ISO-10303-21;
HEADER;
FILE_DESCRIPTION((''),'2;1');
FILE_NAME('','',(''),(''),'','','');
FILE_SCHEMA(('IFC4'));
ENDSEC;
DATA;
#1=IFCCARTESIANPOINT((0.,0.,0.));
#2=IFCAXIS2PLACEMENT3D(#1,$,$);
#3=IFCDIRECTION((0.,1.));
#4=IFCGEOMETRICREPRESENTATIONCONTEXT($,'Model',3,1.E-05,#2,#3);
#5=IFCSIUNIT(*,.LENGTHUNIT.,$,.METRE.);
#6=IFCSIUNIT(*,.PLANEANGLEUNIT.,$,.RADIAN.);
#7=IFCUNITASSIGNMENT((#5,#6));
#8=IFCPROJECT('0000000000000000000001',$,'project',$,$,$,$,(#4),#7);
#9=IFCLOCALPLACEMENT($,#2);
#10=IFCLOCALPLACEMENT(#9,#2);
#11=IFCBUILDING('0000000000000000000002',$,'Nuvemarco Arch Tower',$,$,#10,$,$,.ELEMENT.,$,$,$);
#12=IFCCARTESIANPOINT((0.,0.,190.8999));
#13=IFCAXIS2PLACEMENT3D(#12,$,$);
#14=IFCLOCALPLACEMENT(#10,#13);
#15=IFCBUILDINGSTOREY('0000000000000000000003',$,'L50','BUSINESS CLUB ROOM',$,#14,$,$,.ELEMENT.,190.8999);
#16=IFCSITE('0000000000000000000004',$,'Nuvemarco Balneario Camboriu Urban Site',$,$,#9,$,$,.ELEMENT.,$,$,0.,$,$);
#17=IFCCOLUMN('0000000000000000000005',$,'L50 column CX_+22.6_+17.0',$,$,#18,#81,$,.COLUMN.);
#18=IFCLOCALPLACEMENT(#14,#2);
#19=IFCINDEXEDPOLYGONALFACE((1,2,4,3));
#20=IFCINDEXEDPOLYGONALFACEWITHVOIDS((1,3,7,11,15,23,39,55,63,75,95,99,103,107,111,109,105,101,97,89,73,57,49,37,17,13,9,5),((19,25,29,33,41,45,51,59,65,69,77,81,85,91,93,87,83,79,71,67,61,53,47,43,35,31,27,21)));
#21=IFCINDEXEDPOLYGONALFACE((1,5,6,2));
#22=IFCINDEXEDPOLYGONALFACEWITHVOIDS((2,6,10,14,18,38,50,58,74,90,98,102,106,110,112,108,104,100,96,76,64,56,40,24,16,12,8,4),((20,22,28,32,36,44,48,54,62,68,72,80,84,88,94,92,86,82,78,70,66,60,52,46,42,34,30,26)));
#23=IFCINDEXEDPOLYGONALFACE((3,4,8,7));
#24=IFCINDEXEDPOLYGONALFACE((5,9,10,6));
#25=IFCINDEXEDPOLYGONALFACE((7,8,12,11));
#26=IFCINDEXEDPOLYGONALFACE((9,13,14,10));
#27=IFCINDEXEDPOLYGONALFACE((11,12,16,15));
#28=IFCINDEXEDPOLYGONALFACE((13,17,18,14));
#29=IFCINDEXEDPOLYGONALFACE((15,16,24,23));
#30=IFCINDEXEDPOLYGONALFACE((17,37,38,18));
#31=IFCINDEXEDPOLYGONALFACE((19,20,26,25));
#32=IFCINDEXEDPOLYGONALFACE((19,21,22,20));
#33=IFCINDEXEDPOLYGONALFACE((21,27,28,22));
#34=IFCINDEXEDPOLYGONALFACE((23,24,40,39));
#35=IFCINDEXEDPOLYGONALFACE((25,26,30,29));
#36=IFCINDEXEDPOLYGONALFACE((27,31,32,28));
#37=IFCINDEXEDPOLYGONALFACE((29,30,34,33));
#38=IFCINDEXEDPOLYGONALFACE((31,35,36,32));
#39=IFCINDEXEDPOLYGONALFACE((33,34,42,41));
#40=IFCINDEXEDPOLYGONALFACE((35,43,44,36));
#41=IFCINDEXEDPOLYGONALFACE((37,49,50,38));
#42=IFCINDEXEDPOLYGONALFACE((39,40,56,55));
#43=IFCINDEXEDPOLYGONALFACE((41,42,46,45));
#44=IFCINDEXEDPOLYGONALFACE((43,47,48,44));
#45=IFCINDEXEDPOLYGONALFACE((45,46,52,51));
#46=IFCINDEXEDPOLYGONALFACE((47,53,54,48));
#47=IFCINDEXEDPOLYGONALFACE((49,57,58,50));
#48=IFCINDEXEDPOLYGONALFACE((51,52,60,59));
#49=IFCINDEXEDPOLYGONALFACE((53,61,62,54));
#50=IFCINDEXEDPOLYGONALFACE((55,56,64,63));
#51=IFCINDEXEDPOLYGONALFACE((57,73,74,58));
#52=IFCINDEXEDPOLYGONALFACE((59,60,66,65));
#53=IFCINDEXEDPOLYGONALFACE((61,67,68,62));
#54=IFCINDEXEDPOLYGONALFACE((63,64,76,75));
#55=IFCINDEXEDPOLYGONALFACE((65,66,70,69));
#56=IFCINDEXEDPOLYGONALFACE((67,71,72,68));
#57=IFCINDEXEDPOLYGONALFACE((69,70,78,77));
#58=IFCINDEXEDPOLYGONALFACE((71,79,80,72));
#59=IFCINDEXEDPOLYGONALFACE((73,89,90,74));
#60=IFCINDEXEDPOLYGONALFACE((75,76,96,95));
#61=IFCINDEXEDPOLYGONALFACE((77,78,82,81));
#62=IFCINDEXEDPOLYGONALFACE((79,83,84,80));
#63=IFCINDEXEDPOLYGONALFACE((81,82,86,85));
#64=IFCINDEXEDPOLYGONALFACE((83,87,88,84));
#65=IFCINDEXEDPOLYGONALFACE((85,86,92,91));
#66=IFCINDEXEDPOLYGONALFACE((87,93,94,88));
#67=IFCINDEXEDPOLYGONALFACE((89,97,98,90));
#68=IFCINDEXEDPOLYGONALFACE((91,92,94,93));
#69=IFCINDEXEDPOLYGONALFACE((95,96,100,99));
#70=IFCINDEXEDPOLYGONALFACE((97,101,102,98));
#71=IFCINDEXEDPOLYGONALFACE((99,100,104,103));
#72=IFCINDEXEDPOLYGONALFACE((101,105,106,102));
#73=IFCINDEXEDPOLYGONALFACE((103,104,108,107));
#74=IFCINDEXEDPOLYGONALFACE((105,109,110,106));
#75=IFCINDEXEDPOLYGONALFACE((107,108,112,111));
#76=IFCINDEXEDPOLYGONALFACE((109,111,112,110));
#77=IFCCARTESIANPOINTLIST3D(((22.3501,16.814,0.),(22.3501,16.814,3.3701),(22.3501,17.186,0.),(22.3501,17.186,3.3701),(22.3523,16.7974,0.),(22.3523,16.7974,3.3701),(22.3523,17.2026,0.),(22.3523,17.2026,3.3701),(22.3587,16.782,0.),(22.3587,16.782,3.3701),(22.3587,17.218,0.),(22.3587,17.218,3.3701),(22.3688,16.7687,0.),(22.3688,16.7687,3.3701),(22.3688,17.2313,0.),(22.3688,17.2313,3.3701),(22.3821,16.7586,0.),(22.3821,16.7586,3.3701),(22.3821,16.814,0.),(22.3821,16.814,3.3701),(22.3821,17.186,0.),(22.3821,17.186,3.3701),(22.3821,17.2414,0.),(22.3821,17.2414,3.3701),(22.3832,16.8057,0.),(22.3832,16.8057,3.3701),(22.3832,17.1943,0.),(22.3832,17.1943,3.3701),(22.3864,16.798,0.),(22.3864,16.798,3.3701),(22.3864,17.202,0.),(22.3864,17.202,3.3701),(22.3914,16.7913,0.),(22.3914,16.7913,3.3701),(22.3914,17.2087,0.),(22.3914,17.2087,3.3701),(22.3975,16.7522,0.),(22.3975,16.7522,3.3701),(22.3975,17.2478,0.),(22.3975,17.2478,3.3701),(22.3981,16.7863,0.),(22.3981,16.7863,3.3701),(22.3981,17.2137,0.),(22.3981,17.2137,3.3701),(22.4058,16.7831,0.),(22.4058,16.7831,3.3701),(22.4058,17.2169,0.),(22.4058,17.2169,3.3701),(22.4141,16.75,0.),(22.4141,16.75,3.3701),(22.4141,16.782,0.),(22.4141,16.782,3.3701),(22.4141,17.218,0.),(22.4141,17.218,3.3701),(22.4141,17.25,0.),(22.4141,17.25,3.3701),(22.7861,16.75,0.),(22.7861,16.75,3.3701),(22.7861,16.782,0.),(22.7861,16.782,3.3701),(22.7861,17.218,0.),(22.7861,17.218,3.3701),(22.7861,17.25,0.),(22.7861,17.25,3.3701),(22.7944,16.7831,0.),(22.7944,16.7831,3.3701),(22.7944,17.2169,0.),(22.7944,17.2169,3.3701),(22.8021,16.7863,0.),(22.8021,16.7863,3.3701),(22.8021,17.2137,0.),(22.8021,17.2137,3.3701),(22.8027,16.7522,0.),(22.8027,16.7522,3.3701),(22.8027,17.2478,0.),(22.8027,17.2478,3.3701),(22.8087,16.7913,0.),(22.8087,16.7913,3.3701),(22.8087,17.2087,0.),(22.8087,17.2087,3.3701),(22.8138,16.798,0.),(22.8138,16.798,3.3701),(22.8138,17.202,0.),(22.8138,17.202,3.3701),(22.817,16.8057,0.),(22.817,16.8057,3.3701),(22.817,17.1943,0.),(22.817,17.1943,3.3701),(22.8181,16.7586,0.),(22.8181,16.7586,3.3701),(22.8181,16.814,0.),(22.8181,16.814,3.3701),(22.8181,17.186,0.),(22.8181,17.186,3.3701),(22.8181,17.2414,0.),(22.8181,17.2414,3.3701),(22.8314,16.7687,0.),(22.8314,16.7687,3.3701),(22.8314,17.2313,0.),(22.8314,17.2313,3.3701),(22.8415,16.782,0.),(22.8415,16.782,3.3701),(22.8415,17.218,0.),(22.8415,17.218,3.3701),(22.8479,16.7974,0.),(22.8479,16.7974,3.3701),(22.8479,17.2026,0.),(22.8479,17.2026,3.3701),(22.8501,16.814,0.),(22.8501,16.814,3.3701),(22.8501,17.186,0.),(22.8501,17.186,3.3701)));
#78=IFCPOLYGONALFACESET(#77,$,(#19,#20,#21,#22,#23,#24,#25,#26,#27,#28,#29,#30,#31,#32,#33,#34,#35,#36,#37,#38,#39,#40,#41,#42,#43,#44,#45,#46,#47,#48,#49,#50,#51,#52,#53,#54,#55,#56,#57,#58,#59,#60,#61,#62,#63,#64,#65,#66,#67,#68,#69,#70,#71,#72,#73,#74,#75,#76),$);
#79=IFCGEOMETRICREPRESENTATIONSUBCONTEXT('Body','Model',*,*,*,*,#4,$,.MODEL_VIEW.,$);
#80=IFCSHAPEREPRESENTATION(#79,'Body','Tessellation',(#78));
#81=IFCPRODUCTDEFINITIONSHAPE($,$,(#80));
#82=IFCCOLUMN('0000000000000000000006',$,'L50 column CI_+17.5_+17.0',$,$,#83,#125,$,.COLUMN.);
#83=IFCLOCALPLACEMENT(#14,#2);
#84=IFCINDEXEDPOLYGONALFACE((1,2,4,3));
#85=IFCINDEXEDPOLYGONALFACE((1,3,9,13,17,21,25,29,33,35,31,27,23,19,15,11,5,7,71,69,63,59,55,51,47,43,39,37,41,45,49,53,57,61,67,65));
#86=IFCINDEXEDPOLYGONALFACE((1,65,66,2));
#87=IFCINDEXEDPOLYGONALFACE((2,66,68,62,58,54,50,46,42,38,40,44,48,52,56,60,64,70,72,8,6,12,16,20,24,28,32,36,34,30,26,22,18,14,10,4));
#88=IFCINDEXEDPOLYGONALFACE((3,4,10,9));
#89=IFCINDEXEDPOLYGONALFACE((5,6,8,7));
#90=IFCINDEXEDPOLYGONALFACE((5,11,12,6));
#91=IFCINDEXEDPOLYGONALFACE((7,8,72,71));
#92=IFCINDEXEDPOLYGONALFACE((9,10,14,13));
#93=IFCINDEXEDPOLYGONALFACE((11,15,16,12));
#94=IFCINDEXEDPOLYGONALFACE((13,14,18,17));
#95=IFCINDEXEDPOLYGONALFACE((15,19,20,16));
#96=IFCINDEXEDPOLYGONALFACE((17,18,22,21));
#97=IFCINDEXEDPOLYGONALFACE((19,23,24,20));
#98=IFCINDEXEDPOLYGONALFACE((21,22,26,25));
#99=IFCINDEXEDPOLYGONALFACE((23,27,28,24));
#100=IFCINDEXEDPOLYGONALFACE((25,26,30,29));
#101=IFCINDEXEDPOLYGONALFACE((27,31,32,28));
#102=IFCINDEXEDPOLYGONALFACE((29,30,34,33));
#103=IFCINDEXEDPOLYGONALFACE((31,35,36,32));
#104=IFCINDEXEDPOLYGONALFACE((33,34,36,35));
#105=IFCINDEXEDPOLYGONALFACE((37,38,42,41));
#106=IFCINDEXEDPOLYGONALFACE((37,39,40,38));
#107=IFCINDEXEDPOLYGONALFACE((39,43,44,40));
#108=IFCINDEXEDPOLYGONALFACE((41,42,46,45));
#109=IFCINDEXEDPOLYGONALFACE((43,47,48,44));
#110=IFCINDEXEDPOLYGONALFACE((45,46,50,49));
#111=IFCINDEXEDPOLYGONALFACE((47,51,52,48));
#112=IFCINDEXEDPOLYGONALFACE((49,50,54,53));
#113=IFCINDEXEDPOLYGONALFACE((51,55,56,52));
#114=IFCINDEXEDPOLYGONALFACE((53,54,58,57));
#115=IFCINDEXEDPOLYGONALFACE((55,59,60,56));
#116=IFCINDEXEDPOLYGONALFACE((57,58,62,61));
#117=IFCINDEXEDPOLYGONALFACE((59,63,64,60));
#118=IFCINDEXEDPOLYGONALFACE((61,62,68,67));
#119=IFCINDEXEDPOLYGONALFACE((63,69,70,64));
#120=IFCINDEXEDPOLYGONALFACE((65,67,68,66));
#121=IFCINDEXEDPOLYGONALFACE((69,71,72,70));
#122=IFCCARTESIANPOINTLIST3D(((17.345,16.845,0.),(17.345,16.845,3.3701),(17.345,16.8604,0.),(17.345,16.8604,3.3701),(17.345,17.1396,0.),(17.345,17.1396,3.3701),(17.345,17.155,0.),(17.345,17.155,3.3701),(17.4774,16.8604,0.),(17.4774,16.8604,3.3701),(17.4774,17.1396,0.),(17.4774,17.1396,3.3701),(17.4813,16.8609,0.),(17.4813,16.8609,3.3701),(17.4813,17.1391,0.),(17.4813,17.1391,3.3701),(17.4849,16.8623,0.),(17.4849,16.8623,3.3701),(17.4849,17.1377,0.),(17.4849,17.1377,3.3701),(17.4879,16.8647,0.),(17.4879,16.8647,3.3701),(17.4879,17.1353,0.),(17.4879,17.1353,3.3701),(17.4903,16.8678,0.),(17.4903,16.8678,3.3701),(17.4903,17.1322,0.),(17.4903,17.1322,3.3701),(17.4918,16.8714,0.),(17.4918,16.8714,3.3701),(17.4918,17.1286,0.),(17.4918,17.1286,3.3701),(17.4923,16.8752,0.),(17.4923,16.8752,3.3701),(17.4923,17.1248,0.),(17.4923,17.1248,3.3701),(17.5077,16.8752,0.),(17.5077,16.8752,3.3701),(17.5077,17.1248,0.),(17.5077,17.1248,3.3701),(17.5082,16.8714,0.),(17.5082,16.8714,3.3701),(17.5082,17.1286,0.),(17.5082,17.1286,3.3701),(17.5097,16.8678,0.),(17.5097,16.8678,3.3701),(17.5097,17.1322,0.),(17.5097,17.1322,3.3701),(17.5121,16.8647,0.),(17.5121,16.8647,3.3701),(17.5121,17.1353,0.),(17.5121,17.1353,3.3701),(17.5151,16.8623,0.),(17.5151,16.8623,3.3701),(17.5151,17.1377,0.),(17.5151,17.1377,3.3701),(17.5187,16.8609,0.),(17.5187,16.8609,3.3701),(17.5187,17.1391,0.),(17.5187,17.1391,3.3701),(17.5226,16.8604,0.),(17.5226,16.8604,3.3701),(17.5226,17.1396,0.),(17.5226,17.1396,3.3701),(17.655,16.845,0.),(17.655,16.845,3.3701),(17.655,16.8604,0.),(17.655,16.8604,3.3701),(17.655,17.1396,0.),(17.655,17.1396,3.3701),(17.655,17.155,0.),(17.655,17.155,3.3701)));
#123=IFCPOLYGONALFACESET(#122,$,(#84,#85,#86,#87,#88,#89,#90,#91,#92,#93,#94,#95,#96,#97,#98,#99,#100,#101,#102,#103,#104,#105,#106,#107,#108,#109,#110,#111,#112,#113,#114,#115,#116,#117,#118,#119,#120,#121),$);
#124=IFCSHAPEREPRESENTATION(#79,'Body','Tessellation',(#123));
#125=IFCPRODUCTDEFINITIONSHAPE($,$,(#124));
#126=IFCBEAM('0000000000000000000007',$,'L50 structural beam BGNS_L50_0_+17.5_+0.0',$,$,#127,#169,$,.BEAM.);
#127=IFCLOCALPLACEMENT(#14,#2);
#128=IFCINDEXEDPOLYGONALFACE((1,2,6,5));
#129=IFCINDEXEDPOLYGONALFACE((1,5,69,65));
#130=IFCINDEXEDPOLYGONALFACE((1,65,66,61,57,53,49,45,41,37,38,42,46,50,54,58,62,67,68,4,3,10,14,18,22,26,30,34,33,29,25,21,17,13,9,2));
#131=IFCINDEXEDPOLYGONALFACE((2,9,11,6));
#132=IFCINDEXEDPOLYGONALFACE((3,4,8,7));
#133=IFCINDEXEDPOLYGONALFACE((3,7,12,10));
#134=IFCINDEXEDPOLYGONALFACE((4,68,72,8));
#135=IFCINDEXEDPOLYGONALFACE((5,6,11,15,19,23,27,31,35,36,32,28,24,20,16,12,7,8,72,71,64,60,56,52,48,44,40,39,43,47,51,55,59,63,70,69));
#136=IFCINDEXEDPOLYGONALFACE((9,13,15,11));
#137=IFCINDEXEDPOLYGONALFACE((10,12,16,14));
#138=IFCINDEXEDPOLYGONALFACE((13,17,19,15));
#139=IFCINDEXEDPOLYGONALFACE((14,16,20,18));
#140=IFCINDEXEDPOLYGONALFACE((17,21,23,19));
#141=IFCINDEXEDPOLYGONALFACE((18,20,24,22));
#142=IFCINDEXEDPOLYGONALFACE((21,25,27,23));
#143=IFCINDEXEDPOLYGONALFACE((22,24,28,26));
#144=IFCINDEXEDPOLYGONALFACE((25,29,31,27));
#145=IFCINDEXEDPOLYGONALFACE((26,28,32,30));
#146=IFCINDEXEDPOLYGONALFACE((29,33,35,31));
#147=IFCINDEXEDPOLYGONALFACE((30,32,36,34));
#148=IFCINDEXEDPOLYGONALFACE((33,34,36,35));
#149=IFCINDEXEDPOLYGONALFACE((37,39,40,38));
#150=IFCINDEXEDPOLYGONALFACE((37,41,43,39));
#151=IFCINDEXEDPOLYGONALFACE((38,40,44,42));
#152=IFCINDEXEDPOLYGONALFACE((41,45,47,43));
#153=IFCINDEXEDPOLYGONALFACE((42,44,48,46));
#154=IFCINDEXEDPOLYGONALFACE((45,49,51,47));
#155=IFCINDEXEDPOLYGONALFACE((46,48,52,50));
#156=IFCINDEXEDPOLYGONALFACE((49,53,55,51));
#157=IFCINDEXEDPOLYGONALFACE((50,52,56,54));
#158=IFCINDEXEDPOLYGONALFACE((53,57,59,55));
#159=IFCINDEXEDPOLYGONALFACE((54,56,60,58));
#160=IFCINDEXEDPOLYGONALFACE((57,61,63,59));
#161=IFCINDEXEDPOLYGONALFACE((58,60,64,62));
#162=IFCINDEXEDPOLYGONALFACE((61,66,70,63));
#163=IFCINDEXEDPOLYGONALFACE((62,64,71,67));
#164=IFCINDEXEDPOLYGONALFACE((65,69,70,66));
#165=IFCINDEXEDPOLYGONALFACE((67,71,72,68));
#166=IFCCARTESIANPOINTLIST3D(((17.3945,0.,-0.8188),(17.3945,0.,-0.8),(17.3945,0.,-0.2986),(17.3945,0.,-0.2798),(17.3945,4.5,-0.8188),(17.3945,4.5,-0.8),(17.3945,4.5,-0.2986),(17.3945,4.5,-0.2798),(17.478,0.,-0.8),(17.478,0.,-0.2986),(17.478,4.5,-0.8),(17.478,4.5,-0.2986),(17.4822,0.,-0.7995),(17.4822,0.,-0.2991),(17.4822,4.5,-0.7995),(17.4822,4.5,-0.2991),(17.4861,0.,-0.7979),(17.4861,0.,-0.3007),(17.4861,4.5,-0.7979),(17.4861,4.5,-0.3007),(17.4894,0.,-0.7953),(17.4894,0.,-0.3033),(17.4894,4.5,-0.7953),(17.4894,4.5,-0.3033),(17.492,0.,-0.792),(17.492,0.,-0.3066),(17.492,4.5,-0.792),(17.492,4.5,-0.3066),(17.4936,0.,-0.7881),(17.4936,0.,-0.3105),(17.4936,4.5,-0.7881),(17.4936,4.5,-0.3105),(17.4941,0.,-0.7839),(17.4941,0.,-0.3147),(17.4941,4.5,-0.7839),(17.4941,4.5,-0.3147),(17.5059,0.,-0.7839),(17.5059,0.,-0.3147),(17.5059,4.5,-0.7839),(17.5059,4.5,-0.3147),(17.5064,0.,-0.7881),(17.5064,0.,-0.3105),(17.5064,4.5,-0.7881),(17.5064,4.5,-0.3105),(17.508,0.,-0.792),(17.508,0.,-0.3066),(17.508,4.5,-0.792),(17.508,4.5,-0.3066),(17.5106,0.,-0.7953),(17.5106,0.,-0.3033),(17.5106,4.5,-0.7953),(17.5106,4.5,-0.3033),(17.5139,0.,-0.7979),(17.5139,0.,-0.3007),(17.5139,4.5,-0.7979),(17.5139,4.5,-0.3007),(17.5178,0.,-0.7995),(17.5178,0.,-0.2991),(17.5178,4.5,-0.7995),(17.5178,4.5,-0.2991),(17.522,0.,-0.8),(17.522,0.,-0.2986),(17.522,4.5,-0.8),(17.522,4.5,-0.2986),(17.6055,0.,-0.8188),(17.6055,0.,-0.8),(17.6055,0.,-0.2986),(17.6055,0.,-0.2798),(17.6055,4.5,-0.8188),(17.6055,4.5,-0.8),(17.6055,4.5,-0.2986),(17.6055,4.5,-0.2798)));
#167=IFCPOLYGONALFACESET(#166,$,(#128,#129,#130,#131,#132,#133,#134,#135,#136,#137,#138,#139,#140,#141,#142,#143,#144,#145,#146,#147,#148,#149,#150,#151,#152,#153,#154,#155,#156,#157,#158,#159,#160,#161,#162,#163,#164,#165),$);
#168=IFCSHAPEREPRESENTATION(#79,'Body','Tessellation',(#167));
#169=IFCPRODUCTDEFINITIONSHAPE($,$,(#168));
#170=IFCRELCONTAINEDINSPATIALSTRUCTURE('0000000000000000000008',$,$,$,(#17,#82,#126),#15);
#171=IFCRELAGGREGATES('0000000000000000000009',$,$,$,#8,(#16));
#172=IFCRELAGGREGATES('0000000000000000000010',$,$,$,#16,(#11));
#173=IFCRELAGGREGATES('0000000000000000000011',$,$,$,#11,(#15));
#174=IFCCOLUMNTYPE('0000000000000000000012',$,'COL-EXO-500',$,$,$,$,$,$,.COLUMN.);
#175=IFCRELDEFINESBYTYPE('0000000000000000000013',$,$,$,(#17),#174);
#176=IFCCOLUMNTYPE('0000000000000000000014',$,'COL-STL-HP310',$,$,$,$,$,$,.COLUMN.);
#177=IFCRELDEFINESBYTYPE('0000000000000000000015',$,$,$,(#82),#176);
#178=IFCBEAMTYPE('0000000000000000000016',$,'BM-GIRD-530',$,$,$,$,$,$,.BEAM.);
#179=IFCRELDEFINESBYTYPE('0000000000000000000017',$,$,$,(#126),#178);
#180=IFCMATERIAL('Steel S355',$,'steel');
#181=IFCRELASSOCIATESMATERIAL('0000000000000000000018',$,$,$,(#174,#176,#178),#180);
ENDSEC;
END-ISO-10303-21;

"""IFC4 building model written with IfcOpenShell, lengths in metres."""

from ifc_helpers import new_model, si_unit, direction, frame, origin, origin_2d, place, context, subcontext, project, spatial, hollow_rectangle, i_section, extrude, material, material_profile, profile_set, type_object, element, save


model = new_model("IFC4")

# Units and contexts
model_context = context("Model", 3, precision=1e-05, world=origin(), true_north=direction((0.0, 1.0)))
body_context = subcontext(model_context, "Body", "Model", "MODEL_VIEW")
ifc_project = project(units=[si_unit("LENGTHUNIT", "METRE"), si_unit("PLANEANGLEUNIT", "RADIAN")], contexts=[model_context])

# Site, building, storey
site_placement = place(None, origin())
site = spatial("IfcSite", under=ifc_project, at=site_placement, Name="Nuvemarco Balneario Camboriu Urban Site", CompositionType="ELEMENT", RefElevation=0.0)
building_placement = place(site_placement, origin())
building = spatial("IfcBuilding", under=site, at=building_placement, Name="Nuvemarco Arch Tower", CompositionType="ELEMENT")
storey_placement = place(building_placement, frame((0.0, 0.0, 190.8999)))
storey = spatial("IfcBuildingStorey", under=building, at=storey_placement, Name="L50", Description="BUSINESS CLUB ROOM", CompositionType="ELEMENT", Elevation=190.8999)

# Columns
ifc_material_1 = material(Name="Steel S355", Category="steel")
ifc_material_profile_1 = material_profile(ifc_material_1, hollow_rectangle(XDim=0.5, YDim=0.5, WallThickness=0.032, InnerFilletRadius=0.032, OuterFilletRadius=0.064, at=origin_2d()), Name="SHS500x500x32")
ifc_profile_set_1 = profile_set([ifc_material_profile_1], Name="Steel S355")
column_type_1 = type_object("IfcColumnType", Name="COL-EXO-500", PredefinedType="COLUMN", material=ifc_profile_set_1)
for number, where, z_axis, x_axis, name in (
    (1, (22.6001, 17.0, 0.0), (0.0, 0.0, 1.0), (1.0, 0.0, 0.0), "L50 column CX_+22.6_+17.0"),
):
    element("IfcColumn", number, at=place(storey_placement, frame(where, z_axis=z_axis, x_axis=x_axis)), inside=storey, type_object=column_type_1, Name=name, PredefinedType="COLUMN", context=body_context, shape_type="SweptSolid", body=[
        extrude(hollow_rectangle(XDim=0.5, YDim=0.5, WallThickness=0.032, InnerFilletRadius=0.032, OuterFilletRadius=0.064, at=origin_2d()), origin(), (0.0, 0.0, 1.0), 3.3701),
    ])
ifc_material_profile_2 = material_profile(ifc_material_1, i_section(OverallWidth=0.3101, OverallDepth=0.3101, WebThickness=0.0154, FlangeThickness=0.0154, FilletRadius=0.0149, at=origin_2d()), Name="HP310x110")
ifc_profile_set_2 = profile_set([ifc_material_profile_2], Name="Steel S355")
column_type_2 = type_object("IfcColumnType", Name="COL-STL-HP310", PredefinedType="COLUMN", material=ifc_profile_set_2)
column_placement = place(storey_placement, frame((17.5, 17.0, 0.0), z_axis=(0.0, 0.0, 1.0), x_axis=(1.0, 0.0, 0.0)))
element("IfcColumn", 2, at=column_placement, inside=storey, type_object=column_type_2, Name="L50 column CI_+17.5_+17.0", PredefinedType="COLUMN", context=body_context, shape_type="SweptSolid", body=[
    extrude(i_section(OverallWidth=0.3101, OverallDepth=0.3101, WebThickness=0.0154, FlangeThickness=0.0154, FilletRadius=0.0149, at=origin_2d()), origin(), (0.0, 0.0, 1.0), 3.3701),
])

# Beam
ifc_material_profile_3 = material_profile(ifc_material_1, i_section(OverallWidth=0.2109, OverallDepth=0.5391, WebThickness=0.0117, FlangeThickness=0.0188, FilletRadius=0.0161, at=origin_2d()), Name="W530x109")
ifc_profile_set_3 = profile_set([ifc_material_profile_3], Name="Steel S355")
beam_type_1 = type_object("IfcBeamType", Name="BM-GIRD-530", PredefinedType="BEAM", material=ifc_profile_set_3)
beam_1_placement = place(storey_placement, frame((17.5, 0.0, -0.5493), z_axis=(0.0, 1.0, 0.0), x_axis=(-1.0, 0.0, 0.0)))
element("IfcBeam", 3, at=beam_1_placement, inside=storey, type_object=beam_type_1, Name="L50 structural beam BGNS_L50_0_+17.5_+0.0", PredefinedType="BEAM", context=body_context, shape_type="SweptSolid", body=[
    extrude(i_section(OverallWidth=0.2109, OverallDepth=0.5391, WebThickness=0.0117, FlangeThickness=0.0188, FilletRadius=0.0161, at=origin_2d()), origin(), (0.0, 0.0, 1.0), 4.5),
])

save(model, "model.ifc")
